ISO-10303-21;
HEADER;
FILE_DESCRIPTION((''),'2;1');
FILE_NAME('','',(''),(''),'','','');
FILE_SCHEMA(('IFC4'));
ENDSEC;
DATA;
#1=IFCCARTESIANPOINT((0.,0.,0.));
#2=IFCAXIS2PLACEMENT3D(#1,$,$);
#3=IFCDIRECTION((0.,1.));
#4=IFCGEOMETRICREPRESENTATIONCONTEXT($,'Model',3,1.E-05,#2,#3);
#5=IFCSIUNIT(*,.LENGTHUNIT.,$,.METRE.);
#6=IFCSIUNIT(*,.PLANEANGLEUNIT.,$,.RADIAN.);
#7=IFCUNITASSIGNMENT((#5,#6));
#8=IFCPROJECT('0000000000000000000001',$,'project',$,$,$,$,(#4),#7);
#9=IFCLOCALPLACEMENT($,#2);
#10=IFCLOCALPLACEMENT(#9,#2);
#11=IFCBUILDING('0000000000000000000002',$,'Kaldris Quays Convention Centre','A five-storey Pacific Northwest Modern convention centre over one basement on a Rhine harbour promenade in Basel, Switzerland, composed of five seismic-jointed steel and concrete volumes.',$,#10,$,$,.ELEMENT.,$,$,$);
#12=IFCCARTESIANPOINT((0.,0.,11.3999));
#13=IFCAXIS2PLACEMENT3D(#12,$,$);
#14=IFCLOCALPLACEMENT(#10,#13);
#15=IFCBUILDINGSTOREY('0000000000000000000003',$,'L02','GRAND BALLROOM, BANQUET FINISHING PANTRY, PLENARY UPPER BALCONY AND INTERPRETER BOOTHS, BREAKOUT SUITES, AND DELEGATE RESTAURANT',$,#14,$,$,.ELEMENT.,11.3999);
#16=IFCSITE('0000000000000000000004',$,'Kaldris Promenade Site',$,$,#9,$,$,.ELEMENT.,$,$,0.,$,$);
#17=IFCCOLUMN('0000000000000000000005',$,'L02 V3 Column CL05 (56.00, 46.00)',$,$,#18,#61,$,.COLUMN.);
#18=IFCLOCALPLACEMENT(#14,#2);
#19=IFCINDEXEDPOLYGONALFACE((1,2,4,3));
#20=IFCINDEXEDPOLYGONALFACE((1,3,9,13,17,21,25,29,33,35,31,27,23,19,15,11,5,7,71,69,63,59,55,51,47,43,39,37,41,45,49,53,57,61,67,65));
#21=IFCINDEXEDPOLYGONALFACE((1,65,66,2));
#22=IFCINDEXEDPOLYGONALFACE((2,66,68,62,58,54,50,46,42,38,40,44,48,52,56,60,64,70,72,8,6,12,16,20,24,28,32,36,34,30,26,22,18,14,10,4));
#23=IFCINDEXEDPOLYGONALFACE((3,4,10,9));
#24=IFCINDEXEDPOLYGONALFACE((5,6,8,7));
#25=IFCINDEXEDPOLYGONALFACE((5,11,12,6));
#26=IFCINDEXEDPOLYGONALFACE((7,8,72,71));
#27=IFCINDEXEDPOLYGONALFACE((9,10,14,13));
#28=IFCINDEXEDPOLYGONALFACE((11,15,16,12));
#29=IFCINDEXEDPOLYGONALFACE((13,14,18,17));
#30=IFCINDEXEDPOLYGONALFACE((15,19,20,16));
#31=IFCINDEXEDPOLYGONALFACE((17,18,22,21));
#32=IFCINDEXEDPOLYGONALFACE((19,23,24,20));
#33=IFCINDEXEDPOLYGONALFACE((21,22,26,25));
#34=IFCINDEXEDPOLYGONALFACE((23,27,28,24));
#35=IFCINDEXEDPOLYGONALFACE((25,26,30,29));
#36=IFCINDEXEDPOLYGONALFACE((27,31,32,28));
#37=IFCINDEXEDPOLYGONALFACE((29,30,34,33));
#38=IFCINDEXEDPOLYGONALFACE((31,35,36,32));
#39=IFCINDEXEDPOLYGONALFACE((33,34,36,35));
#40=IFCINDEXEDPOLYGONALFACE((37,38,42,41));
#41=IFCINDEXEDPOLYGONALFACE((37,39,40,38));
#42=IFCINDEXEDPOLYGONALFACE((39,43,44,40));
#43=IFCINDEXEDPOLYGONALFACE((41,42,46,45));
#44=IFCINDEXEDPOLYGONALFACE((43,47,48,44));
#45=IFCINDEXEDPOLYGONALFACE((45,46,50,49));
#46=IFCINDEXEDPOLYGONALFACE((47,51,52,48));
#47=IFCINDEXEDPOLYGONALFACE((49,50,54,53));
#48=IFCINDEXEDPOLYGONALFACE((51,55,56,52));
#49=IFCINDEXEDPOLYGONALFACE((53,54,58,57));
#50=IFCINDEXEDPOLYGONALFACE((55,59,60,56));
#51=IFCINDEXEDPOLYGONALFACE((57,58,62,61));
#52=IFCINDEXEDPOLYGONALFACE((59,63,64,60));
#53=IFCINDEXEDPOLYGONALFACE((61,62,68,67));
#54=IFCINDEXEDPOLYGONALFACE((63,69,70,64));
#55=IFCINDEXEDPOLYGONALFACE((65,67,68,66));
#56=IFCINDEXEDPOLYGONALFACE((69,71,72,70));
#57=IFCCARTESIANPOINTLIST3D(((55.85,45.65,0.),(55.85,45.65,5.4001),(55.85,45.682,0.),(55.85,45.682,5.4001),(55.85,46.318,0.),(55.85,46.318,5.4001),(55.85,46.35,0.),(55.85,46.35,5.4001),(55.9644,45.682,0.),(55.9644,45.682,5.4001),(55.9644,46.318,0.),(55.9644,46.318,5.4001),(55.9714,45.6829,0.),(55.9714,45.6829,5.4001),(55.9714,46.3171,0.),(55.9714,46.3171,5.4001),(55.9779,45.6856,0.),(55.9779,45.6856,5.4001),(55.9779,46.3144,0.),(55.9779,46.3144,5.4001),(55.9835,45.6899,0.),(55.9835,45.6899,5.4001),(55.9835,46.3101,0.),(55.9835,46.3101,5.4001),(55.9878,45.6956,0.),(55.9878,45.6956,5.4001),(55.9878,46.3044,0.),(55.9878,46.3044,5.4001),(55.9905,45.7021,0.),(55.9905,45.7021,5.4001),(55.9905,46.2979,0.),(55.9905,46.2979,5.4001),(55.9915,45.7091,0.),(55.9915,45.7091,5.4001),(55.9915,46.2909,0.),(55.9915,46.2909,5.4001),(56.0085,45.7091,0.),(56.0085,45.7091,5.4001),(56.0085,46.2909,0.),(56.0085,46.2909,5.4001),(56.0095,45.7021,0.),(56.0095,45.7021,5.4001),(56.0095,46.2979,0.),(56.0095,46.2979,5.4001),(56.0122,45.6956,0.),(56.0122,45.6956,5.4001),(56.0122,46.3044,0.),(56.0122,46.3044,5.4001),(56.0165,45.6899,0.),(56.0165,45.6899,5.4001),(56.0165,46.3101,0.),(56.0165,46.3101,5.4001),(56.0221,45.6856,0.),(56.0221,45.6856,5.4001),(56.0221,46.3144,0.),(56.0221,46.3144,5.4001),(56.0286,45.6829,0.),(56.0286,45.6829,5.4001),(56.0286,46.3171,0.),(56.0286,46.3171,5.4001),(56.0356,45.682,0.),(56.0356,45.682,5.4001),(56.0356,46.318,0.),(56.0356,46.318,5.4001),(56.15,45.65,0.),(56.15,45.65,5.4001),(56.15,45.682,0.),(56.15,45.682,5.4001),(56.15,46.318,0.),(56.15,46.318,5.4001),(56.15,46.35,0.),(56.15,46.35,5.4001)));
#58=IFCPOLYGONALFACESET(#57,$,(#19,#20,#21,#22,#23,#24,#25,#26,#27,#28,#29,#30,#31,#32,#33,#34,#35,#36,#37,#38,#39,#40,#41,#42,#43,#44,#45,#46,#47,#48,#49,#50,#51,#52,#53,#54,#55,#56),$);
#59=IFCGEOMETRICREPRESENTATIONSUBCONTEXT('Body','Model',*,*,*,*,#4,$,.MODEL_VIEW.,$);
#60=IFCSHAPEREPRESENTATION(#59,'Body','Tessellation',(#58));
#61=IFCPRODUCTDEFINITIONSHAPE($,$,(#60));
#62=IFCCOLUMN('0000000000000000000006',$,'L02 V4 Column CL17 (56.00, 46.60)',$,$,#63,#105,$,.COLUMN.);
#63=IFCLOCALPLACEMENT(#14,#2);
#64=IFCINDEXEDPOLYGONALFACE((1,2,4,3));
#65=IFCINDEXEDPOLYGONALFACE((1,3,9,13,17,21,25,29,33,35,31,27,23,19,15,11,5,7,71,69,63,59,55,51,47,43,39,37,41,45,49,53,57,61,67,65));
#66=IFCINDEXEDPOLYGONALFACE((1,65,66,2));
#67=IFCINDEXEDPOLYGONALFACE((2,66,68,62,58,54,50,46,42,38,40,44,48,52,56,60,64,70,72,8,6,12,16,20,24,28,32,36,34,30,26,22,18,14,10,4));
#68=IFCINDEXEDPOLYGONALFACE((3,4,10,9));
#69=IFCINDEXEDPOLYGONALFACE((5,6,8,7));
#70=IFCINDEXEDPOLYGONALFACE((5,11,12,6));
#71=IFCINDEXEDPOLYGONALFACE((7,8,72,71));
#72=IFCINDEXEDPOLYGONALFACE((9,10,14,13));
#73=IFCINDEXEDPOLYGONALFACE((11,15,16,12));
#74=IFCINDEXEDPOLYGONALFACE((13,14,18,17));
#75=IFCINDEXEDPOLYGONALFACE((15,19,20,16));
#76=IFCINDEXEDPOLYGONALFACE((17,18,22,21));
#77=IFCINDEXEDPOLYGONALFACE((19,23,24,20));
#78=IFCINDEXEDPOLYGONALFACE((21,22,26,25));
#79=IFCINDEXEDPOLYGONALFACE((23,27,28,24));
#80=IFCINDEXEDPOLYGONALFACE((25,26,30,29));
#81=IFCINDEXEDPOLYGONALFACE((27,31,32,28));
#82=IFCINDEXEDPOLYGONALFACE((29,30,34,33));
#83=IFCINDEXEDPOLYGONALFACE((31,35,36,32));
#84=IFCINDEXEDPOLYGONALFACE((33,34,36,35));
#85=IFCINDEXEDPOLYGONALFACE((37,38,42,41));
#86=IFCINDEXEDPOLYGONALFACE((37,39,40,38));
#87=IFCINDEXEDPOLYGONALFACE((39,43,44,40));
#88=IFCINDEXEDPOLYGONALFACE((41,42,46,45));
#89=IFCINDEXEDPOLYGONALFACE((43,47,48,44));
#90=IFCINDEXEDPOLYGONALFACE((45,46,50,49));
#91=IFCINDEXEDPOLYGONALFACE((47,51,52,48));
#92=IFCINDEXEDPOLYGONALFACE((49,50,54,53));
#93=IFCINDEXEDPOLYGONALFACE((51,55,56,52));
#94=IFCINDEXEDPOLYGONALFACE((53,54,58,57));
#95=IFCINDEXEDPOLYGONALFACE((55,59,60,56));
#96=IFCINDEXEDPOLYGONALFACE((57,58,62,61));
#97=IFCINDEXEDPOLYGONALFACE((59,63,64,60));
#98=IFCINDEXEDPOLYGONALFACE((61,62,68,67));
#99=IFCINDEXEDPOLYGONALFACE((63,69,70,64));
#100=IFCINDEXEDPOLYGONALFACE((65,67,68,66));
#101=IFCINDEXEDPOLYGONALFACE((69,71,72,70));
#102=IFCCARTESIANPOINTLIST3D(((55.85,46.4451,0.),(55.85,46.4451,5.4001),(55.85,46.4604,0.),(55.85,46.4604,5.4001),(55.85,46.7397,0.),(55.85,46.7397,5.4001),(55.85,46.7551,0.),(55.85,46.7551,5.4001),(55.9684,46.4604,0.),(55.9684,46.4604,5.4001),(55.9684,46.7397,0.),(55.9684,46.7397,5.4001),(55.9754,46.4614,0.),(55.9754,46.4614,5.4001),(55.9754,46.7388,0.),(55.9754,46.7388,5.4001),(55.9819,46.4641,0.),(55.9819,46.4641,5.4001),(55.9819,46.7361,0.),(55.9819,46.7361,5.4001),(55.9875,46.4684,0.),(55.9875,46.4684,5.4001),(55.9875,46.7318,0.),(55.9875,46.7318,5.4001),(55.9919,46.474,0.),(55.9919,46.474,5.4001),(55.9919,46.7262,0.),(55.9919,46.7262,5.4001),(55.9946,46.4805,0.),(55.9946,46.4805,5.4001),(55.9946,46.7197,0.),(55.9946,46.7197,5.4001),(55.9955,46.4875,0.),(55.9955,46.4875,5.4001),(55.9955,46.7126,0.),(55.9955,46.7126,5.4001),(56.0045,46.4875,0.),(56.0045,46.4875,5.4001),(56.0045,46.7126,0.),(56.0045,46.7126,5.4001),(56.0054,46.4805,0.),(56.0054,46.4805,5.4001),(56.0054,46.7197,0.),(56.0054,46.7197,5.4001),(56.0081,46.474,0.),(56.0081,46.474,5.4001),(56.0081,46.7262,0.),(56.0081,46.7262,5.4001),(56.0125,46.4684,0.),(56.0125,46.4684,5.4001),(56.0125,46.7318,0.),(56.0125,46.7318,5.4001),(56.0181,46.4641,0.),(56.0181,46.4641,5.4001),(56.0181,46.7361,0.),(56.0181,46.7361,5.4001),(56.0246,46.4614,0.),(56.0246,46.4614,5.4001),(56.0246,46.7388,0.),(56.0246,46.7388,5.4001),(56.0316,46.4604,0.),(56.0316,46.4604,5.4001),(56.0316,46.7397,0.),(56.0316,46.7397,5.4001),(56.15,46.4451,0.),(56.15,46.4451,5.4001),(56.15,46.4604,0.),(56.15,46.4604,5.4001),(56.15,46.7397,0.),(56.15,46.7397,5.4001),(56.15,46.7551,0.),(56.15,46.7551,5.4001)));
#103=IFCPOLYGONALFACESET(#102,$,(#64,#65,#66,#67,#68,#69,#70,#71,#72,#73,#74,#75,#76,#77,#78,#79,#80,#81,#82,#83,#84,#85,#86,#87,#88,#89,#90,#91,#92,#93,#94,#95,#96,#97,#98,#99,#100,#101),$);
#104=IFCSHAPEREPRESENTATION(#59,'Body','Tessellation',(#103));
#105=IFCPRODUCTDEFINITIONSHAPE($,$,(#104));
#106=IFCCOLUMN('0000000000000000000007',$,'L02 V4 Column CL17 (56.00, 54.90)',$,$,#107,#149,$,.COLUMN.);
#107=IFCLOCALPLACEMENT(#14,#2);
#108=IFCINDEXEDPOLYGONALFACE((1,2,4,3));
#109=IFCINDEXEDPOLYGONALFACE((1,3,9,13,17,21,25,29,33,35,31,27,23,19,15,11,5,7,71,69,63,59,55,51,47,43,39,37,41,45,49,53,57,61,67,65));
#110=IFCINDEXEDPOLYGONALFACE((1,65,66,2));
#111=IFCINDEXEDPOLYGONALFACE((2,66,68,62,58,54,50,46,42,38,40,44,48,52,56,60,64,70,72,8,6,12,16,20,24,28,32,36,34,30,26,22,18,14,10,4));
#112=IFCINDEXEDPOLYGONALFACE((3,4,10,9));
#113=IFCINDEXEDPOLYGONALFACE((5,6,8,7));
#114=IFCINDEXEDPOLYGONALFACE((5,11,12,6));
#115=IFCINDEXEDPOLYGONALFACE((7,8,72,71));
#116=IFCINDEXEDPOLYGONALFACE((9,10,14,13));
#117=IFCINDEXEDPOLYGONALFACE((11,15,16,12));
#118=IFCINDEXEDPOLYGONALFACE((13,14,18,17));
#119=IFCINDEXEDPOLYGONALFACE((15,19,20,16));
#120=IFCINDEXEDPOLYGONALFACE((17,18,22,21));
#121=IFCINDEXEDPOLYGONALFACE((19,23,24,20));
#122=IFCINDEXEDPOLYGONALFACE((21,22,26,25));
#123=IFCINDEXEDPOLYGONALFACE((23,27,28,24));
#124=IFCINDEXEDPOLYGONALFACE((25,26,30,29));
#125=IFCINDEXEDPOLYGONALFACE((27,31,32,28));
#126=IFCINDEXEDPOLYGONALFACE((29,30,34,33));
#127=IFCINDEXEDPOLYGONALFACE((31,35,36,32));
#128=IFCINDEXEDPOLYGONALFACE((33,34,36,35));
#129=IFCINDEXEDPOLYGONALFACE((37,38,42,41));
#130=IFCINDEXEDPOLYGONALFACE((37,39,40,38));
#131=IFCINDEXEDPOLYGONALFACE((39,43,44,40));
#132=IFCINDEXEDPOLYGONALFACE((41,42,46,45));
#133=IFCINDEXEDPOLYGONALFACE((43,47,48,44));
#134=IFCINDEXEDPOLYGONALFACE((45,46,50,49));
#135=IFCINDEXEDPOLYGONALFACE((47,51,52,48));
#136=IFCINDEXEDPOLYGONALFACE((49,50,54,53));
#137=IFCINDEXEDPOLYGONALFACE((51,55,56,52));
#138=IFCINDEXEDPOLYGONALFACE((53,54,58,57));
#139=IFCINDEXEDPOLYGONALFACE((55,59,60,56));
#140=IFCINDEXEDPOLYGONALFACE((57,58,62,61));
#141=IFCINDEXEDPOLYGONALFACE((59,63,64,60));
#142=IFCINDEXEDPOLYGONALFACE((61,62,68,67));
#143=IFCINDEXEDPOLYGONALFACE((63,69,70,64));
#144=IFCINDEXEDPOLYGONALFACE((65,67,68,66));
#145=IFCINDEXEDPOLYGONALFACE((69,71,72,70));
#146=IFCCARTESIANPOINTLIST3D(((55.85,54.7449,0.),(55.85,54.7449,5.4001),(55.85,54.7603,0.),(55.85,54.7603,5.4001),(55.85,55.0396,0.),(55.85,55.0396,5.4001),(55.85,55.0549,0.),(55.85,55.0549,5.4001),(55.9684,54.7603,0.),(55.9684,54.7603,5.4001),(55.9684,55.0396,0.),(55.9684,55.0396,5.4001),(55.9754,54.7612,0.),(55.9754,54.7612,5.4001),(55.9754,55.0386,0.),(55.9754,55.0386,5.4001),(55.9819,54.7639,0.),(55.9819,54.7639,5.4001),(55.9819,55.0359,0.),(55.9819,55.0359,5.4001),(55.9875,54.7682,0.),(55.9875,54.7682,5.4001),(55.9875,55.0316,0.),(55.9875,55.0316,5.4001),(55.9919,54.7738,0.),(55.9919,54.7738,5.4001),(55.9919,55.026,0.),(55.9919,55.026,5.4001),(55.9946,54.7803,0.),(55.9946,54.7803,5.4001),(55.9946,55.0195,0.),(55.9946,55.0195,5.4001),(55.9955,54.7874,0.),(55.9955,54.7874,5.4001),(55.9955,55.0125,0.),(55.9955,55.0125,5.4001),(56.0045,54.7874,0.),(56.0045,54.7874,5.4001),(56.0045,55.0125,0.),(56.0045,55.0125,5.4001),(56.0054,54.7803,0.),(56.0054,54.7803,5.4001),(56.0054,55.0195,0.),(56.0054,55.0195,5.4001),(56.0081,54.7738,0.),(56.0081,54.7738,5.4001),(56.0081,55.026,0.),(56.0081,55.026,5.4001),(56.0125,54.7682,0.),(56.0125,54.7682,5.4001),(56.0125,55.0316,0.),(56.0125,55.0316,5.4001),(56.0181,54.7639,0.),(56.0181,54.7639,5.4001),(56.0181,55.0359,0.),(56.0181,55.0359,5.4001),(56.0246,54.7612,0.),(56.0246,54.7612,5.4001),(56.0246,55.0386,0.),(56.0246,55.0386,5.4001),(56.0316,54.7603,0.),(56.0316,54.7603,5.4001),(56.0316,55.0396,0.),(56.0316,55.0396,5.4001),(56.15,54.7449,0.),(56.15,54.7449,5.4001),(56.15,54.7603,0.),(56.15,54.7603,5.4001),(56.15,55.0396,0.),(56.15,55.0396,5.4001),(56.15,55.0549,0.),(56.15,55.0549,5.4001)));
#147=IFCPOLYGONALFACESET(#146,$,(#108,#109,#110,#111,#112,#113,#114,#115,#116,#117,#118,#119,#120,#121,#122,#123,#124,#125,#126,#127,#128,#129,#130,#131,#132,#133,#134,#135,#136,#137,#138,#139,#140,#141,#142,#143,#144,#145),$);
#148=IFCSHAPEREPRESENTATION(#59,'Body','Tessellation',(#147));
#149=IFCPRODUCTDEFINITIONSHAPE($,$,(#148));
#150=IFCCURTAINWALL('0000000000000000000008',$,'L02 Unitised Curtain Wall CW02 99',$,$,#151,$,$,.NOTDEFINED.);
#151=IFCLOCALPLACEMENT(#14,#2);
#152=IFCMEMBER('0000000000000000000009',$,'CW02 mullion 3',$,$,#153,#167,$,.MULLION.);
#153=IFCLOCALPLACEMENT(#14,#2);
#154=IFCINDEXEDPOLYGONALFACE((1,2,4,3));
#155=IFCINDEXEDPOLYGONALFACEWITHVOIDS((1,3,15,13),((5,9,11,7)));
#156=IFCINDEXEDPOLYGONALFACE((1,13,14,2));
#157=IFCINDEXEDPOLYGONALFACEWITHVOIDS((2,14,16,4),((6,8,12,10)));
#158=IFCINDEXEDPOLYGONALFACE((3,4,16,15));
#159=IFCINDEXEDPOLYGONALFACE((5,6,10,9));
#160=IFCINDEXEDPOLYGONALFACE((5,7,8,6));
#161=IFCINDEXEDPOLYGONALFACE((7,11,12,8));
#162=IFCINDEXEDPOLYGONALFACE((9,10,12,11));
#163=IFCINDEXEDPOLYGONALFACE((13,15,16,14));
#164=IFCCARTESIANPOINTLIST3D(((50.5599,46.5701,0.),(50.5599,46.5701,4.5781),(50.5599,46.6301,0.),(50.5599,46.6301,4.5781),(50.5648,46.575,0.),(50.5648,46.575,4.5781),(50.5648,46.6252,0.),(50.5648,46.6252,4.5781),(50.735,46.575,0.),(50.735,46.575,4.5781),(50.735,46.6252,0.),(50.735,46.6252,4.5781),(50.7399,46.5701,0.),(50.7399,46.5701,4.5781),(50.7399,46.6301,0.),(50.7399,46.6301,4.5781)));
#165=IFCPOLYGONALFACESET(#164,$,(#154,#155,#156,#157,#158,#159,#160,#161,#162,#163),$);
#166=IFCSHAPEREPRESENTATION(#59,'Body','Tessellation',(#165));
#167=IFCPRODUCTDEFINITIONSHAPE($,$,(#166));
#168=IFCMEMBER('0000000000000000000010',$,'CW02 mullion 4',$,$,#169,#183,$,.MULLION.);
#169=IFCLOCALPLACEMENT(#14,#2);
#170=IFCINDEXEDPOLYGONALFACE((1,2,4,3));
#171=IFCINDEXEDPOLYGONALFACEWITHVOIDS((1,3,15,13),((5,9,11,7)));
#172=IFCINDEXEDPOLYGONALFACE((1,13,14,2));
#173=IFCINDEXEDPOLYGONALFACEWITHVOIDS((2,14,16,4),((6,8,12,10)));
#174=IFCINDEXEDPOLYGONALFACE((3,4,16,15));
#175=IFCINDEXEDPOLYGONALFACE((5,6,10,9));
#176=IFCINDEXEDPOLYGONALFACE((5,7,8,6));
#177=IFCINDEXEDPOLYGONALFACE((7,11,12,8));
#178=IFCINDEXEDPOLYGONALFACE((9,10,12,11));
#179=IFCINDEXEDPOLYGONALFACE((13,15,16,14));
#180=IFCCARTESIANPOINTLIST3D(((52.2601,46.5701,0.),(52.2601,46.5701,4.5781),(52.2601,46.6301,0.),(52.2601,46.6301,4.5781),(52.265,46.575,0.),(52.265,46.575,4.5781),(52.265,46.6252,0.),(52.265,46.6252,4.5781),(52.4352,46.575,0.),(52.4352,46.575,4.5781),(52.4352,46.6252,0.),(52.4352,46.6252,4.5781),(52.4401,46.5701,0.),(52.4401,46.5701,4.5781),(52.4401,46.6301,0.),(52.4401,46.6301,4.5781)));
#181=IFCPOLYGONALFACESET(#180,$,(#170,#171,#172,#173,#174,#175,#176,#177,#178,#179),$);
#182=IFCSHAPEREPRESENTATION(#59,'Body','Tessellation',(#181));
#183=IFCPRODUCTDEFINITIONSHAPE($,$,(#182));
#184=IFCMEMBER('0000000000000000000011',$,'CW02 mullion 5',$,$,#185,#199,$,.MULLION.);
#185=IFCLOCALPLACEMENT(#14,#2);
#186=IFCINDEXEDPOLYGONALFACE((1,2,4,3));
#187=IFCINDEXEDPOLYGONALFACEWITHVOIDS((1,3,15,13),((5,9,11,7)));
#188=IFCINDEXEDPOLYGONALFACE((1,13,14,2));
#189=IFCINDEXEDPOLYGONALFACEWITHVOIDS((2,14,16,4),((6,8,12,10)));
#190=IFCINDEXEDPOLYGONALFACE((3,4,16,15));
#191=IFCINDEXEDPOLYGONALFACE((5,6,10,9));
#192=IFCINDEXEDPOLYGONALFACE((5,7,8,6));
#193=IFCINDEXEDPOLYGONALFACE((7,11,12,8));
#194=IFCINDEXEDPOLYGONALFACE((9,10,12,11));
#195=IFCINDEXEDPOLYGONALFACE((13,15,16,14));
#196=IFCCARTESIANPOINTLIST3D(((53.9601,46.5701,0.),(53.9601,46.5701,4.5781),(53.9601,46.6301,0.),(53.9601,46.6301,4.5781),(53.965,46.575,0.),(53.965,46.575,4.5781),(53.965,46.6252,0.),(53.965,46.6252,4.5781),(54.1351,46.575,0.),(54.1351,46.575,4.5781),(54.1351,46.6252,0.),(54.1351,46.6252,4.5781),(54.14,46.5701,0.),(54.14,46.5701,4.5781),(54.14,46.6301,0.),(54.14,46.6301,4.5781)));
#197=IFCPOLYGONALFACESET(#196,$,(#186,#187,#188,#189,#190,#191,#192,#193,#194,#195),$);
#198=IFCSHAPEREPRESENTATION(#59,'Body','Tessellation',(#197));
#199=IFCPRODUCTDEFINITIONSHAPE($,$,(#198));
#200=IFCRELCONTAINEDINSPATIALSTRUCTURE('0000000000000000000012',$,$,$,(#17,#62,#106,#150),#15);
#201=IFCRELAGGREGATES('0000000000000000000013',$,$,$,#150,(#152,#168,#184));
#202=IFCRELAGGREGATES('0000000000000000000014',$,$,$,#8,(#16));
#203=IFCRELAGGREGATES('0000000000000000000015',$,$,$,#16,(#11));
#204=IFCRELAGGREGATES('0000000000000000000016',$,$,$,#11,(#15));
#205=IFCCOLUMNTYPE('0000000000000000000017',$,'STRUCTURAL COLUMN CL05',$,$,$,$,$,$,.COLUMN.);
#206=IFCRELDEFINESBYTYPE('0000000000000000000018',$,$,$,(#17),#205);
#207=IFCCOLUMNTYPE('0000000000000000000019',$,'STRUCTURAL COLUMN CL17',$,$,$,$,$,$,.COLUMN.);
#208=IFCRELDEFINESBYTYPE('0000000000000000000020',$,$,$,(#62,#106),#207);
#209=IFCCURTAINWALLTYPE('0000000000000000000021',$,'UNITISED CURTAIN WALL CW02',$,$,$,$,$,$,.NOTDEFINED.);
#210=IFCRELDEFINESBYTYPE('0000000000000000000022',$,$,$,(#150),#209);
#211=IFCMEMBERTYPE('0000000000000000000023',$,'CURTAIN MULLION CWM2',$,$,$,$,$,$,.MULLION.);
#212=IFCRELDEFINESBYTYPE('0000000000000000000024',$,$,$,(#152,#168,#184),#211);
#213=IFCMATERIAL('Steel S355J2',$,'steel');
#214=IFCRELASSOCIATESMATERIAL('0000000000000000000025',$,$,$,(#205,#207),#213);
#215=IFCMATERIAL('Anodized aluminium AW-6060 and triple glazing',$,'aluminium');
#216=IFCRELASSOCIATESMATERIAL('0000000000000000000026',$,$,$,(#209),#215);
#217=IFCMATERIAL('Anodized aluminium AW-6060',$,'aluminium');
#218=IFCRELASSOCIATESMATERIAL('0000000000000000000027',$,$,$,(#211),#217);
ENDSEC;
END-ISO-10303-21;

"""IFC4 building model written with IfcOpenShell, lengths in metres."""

from ifc_helpers import new_model, si_unit, direction, frame, origin, origin_2d, place, context, subcontext, project, spatial, hollow_rectangle, i_section, extrude, material, material_profile, profile_set, type_object, element, aggregate, save


model = new_model("IFC4")

# Units and contexts
model_context = context("Model", 3, precision=1e-05, world=origin(), true_north=direction((0.0, 1.0)))
body_context = subcontext(model_context, "Body", "Model", "MODEL_VIEW")
ifc_project = project(units=[si_unit("LENGTHUNIT", "METRE"), si_unit("PLANEANGLEUNIT", "RADIAN")], contexts=[model_context])

# Site, building, storey
site_placement = place(None, origin())
site = spatial("IfcSite", under=ifc_project, at=site_placement, Name="Kaldris Promenade Site", CompositionType="ELEMENT", RefElevation=0.0)
building_placement = place(site_placement, origin())
building = spatial("IfcBuilding", under=site, at=building_placement, Name="Kaldris Quays Convention Centre", Description="A five-storey Pacific Northwest Modern convention centre over one basement on a Rhine harbour promenade in Basel, Switzerland, composed of five seismic-jointed steel and concrete volumes.", CompositionType="ELEMENT")
storey_placement = place(building_placement, frame((0.0, 0.0, 11.3999)))
storey = spatial("IfcBuildingStorey", under=building, at=storey_placement, Name="L02", Description="GRAND BALLROOM, BANQUET FINISHING PANTRY, PLENARY UPPER BALCONY AND INTERPRETER BOOTHS, BREAKOUT SUITES, AND DELEGATE RESTAURANT", CompositionType="ELEMENT", Elevation=11.3999)

# Columns
ifc_material_1 = material(Name="Steel S355J2", Category="steel")
ifc_material_profile_1 = material_profile(ifc_material_1, i_section(OverallWidth=0.3, OverallDepth=0.7, WebThickness=0.0171, FlangeThickness=0.032, FilletRadius=0.0271, at=origin_2d()), Name="HEB 700")
ifc_profile_set_1 = profile_set([ifc_material_profile_1], Name="Steel S355J2")
column_type_1 = type_object("IfcColumnType", Name="STRUCTURAL COLUMN CL05", PredefinedType="COLUMN", material=ifc_profile_set_1)
column_placement = place(storey_placement, frame((56.0, 46.0, 0.0), z_axis=(0.0, 0.0, 1.0), x_axis=(1.0, 0.0, 0.0)))
element("IfcColumn", 1, at=column_placement, inside=storey, type_object=column_type_1, Name="L02 V3 Column CL05 (56.00, 46.00)", PredefinedType="COLUMN", context=body_context, shape_type="SweptSolid", body=[
    extrude(i_section(OverallWidth=0.3, OverallDepth=0.7, WebThickness=0.0171, FlangeThickness=0.032, FilletRadius=0.0271, at=origin_2d()), origin(), (0.0, 0.0, 1.0), 5.4001),
])
ifc_material_profile_2 = material_profile(ifc_material_1, i_section(OverallWidth=0.3, OverallDepth=0.3101, WebThickness=0.009, FlangeThickness=0.0154, FilletRadius=0.0271, at=origin_2d()), Name="HEA 320")
ifc_profile_set_2 = profile_set([ifc_material_profile_2], Name="Steel S355J2")
column_type_2 = type_object("IfcColumnType", Name="STRUCTURAL COLUMN CL17", PredefinedType="COLUMN", material=ifc_profile_set_2)
for number, where, z_axis, x_axis, name in (
    (2, (56.0, 46.6001, 0.0), (0.0, 0.0, 1.0), (1.0, 0.0, 0.0), "L02 V4 Column CL17 (56.00, 46.60)"),
    (3, (56.0, 54.8999, 0.0), (0.0, 0.0, 1.0), (1.0, 0.0, 0.0), "L02 V4 Column CL17 (56.00, 54.90)"),
):
    element("IfcColumn", number, at=place(storey_placement, frame(where, z_axis=z_axis, x_axis=x_axis)), inside=storey, type_object=column_type_2, Name=name, PredefinedType="COLUMN", context=body_context, shape_type="SweptSolid", body=[
        extrude(i_section(OverallWidth=0.3, OverallDepth=0.3101, WebThickness=0.009, FlangeThickness=0.0154, FilletRadius=0.0271, at=origin_2d()), origin(), (0.0, 0.0, 1.0), 5.4001),
    ])

# Curtain wall, members
ifc_material_2 = material(Name="Anodized aluminium AW-6060 and triple glazing", Category="aluminium")
curtain_wall_type_1 = type_object("IfcCurtainWallType", Name="UNITISED CURTAIN WALL CW02", PredefinedType="NOTDEFINED", material=ifc_material_2)
curtain_wall_1_placement = place(storey_placement, origin())
curtain_wall_1 = element("IfcCurtainWall", 4, at=curtain_wall_1_placement, inside=storey, type_object=curtain_wall_type_1, Name="L02 Unitised Curtain Wall CW02 99", PredefinedType="NOTDEFINED")
ifc_material_3 = material(Name="Anodized aluminium AW-6060", Category="aluminium")
ifc_material_profile_3 = material_profile(ifc_material_3, hollow_rectangle(XDim=0.0601, YDim=0.1799, WallThickness=0.0049, at=origin_2d()), Name="RHS 180x60x5")
ifc_profile_set_3 = profile_set([ifc_material_profile_3], Name="Anodized aluminium AW-6060")
member_type_1 = type_object("IfcMemberType", Name="CURTAIN MULLION CWM2", PredefinedType="MULLION", material=ifc_profile_set_3)
member_1_placement = place(storey_placement, frame((50.6499, 46.6001, 0.0), z_axis=(0.0, 0.0, 1.0), x_axis=(0.0, 1.0, 0.0)))
member_1 = element("IfcMember", 5, at=member_1_placement, type_object=member_type_1, Name="CW02 mullion 3", PredefinedType="MULLION", context=body_context, shape_type="SweptSolid", body=[
    extrude(hollow_rectangle(XDim=0.0601, YDim=0.1799, WallThickness=0.0049, at=origin_2d()), origin(), (0.0, 0.0, 1.0), 4.5781),
])
member_2_placement = place(storey_placement, frame((52.3501, 46.6001, 0.0), z_axis=(0.0, 0.0, 1.0), x_axis=(0.0, 1.0, 0.0)))
member_2 = element("IfcMember", 6, at=member_2_placement, type_object=member_type_1, Name="CW02 mullion 4", PredefinedType="MULLION", context=body_context, shape_type="SweptSolid", body=[
    extrude(hollow_rectangle(XDim=0.0601, YDim=0.1799, WallThickness=0.0049, at=origin_2d()), origin(), (0.0, 0.0, 1.0), 4.5781),
])
member_3_placement = place(storey_placement, frame((54.05, 46.6001, 0.0), z_axis=(0.0, 0.0, 1.0), x_axis=(0.0, 1.0, 0.0)))
member_3 = element("IfcMember", 7, at=member_3_placement, type_object=member_type_1, Name="CW02 mullion 5", PredefinedType="MULLION", context=body_context, shape_type="SweptSolid", body=[
    extrude(hollow_rectangle(XDim=0.0601, YDim=0.1799, WallThickness=0.0049, at=origin_2d()), origin(), (0.0, 0.0, 1.0), 4.5781),
])

aggregate(curtain_wall_1, [member_1, member_2, member_3])

save(model, "model.ifc")
